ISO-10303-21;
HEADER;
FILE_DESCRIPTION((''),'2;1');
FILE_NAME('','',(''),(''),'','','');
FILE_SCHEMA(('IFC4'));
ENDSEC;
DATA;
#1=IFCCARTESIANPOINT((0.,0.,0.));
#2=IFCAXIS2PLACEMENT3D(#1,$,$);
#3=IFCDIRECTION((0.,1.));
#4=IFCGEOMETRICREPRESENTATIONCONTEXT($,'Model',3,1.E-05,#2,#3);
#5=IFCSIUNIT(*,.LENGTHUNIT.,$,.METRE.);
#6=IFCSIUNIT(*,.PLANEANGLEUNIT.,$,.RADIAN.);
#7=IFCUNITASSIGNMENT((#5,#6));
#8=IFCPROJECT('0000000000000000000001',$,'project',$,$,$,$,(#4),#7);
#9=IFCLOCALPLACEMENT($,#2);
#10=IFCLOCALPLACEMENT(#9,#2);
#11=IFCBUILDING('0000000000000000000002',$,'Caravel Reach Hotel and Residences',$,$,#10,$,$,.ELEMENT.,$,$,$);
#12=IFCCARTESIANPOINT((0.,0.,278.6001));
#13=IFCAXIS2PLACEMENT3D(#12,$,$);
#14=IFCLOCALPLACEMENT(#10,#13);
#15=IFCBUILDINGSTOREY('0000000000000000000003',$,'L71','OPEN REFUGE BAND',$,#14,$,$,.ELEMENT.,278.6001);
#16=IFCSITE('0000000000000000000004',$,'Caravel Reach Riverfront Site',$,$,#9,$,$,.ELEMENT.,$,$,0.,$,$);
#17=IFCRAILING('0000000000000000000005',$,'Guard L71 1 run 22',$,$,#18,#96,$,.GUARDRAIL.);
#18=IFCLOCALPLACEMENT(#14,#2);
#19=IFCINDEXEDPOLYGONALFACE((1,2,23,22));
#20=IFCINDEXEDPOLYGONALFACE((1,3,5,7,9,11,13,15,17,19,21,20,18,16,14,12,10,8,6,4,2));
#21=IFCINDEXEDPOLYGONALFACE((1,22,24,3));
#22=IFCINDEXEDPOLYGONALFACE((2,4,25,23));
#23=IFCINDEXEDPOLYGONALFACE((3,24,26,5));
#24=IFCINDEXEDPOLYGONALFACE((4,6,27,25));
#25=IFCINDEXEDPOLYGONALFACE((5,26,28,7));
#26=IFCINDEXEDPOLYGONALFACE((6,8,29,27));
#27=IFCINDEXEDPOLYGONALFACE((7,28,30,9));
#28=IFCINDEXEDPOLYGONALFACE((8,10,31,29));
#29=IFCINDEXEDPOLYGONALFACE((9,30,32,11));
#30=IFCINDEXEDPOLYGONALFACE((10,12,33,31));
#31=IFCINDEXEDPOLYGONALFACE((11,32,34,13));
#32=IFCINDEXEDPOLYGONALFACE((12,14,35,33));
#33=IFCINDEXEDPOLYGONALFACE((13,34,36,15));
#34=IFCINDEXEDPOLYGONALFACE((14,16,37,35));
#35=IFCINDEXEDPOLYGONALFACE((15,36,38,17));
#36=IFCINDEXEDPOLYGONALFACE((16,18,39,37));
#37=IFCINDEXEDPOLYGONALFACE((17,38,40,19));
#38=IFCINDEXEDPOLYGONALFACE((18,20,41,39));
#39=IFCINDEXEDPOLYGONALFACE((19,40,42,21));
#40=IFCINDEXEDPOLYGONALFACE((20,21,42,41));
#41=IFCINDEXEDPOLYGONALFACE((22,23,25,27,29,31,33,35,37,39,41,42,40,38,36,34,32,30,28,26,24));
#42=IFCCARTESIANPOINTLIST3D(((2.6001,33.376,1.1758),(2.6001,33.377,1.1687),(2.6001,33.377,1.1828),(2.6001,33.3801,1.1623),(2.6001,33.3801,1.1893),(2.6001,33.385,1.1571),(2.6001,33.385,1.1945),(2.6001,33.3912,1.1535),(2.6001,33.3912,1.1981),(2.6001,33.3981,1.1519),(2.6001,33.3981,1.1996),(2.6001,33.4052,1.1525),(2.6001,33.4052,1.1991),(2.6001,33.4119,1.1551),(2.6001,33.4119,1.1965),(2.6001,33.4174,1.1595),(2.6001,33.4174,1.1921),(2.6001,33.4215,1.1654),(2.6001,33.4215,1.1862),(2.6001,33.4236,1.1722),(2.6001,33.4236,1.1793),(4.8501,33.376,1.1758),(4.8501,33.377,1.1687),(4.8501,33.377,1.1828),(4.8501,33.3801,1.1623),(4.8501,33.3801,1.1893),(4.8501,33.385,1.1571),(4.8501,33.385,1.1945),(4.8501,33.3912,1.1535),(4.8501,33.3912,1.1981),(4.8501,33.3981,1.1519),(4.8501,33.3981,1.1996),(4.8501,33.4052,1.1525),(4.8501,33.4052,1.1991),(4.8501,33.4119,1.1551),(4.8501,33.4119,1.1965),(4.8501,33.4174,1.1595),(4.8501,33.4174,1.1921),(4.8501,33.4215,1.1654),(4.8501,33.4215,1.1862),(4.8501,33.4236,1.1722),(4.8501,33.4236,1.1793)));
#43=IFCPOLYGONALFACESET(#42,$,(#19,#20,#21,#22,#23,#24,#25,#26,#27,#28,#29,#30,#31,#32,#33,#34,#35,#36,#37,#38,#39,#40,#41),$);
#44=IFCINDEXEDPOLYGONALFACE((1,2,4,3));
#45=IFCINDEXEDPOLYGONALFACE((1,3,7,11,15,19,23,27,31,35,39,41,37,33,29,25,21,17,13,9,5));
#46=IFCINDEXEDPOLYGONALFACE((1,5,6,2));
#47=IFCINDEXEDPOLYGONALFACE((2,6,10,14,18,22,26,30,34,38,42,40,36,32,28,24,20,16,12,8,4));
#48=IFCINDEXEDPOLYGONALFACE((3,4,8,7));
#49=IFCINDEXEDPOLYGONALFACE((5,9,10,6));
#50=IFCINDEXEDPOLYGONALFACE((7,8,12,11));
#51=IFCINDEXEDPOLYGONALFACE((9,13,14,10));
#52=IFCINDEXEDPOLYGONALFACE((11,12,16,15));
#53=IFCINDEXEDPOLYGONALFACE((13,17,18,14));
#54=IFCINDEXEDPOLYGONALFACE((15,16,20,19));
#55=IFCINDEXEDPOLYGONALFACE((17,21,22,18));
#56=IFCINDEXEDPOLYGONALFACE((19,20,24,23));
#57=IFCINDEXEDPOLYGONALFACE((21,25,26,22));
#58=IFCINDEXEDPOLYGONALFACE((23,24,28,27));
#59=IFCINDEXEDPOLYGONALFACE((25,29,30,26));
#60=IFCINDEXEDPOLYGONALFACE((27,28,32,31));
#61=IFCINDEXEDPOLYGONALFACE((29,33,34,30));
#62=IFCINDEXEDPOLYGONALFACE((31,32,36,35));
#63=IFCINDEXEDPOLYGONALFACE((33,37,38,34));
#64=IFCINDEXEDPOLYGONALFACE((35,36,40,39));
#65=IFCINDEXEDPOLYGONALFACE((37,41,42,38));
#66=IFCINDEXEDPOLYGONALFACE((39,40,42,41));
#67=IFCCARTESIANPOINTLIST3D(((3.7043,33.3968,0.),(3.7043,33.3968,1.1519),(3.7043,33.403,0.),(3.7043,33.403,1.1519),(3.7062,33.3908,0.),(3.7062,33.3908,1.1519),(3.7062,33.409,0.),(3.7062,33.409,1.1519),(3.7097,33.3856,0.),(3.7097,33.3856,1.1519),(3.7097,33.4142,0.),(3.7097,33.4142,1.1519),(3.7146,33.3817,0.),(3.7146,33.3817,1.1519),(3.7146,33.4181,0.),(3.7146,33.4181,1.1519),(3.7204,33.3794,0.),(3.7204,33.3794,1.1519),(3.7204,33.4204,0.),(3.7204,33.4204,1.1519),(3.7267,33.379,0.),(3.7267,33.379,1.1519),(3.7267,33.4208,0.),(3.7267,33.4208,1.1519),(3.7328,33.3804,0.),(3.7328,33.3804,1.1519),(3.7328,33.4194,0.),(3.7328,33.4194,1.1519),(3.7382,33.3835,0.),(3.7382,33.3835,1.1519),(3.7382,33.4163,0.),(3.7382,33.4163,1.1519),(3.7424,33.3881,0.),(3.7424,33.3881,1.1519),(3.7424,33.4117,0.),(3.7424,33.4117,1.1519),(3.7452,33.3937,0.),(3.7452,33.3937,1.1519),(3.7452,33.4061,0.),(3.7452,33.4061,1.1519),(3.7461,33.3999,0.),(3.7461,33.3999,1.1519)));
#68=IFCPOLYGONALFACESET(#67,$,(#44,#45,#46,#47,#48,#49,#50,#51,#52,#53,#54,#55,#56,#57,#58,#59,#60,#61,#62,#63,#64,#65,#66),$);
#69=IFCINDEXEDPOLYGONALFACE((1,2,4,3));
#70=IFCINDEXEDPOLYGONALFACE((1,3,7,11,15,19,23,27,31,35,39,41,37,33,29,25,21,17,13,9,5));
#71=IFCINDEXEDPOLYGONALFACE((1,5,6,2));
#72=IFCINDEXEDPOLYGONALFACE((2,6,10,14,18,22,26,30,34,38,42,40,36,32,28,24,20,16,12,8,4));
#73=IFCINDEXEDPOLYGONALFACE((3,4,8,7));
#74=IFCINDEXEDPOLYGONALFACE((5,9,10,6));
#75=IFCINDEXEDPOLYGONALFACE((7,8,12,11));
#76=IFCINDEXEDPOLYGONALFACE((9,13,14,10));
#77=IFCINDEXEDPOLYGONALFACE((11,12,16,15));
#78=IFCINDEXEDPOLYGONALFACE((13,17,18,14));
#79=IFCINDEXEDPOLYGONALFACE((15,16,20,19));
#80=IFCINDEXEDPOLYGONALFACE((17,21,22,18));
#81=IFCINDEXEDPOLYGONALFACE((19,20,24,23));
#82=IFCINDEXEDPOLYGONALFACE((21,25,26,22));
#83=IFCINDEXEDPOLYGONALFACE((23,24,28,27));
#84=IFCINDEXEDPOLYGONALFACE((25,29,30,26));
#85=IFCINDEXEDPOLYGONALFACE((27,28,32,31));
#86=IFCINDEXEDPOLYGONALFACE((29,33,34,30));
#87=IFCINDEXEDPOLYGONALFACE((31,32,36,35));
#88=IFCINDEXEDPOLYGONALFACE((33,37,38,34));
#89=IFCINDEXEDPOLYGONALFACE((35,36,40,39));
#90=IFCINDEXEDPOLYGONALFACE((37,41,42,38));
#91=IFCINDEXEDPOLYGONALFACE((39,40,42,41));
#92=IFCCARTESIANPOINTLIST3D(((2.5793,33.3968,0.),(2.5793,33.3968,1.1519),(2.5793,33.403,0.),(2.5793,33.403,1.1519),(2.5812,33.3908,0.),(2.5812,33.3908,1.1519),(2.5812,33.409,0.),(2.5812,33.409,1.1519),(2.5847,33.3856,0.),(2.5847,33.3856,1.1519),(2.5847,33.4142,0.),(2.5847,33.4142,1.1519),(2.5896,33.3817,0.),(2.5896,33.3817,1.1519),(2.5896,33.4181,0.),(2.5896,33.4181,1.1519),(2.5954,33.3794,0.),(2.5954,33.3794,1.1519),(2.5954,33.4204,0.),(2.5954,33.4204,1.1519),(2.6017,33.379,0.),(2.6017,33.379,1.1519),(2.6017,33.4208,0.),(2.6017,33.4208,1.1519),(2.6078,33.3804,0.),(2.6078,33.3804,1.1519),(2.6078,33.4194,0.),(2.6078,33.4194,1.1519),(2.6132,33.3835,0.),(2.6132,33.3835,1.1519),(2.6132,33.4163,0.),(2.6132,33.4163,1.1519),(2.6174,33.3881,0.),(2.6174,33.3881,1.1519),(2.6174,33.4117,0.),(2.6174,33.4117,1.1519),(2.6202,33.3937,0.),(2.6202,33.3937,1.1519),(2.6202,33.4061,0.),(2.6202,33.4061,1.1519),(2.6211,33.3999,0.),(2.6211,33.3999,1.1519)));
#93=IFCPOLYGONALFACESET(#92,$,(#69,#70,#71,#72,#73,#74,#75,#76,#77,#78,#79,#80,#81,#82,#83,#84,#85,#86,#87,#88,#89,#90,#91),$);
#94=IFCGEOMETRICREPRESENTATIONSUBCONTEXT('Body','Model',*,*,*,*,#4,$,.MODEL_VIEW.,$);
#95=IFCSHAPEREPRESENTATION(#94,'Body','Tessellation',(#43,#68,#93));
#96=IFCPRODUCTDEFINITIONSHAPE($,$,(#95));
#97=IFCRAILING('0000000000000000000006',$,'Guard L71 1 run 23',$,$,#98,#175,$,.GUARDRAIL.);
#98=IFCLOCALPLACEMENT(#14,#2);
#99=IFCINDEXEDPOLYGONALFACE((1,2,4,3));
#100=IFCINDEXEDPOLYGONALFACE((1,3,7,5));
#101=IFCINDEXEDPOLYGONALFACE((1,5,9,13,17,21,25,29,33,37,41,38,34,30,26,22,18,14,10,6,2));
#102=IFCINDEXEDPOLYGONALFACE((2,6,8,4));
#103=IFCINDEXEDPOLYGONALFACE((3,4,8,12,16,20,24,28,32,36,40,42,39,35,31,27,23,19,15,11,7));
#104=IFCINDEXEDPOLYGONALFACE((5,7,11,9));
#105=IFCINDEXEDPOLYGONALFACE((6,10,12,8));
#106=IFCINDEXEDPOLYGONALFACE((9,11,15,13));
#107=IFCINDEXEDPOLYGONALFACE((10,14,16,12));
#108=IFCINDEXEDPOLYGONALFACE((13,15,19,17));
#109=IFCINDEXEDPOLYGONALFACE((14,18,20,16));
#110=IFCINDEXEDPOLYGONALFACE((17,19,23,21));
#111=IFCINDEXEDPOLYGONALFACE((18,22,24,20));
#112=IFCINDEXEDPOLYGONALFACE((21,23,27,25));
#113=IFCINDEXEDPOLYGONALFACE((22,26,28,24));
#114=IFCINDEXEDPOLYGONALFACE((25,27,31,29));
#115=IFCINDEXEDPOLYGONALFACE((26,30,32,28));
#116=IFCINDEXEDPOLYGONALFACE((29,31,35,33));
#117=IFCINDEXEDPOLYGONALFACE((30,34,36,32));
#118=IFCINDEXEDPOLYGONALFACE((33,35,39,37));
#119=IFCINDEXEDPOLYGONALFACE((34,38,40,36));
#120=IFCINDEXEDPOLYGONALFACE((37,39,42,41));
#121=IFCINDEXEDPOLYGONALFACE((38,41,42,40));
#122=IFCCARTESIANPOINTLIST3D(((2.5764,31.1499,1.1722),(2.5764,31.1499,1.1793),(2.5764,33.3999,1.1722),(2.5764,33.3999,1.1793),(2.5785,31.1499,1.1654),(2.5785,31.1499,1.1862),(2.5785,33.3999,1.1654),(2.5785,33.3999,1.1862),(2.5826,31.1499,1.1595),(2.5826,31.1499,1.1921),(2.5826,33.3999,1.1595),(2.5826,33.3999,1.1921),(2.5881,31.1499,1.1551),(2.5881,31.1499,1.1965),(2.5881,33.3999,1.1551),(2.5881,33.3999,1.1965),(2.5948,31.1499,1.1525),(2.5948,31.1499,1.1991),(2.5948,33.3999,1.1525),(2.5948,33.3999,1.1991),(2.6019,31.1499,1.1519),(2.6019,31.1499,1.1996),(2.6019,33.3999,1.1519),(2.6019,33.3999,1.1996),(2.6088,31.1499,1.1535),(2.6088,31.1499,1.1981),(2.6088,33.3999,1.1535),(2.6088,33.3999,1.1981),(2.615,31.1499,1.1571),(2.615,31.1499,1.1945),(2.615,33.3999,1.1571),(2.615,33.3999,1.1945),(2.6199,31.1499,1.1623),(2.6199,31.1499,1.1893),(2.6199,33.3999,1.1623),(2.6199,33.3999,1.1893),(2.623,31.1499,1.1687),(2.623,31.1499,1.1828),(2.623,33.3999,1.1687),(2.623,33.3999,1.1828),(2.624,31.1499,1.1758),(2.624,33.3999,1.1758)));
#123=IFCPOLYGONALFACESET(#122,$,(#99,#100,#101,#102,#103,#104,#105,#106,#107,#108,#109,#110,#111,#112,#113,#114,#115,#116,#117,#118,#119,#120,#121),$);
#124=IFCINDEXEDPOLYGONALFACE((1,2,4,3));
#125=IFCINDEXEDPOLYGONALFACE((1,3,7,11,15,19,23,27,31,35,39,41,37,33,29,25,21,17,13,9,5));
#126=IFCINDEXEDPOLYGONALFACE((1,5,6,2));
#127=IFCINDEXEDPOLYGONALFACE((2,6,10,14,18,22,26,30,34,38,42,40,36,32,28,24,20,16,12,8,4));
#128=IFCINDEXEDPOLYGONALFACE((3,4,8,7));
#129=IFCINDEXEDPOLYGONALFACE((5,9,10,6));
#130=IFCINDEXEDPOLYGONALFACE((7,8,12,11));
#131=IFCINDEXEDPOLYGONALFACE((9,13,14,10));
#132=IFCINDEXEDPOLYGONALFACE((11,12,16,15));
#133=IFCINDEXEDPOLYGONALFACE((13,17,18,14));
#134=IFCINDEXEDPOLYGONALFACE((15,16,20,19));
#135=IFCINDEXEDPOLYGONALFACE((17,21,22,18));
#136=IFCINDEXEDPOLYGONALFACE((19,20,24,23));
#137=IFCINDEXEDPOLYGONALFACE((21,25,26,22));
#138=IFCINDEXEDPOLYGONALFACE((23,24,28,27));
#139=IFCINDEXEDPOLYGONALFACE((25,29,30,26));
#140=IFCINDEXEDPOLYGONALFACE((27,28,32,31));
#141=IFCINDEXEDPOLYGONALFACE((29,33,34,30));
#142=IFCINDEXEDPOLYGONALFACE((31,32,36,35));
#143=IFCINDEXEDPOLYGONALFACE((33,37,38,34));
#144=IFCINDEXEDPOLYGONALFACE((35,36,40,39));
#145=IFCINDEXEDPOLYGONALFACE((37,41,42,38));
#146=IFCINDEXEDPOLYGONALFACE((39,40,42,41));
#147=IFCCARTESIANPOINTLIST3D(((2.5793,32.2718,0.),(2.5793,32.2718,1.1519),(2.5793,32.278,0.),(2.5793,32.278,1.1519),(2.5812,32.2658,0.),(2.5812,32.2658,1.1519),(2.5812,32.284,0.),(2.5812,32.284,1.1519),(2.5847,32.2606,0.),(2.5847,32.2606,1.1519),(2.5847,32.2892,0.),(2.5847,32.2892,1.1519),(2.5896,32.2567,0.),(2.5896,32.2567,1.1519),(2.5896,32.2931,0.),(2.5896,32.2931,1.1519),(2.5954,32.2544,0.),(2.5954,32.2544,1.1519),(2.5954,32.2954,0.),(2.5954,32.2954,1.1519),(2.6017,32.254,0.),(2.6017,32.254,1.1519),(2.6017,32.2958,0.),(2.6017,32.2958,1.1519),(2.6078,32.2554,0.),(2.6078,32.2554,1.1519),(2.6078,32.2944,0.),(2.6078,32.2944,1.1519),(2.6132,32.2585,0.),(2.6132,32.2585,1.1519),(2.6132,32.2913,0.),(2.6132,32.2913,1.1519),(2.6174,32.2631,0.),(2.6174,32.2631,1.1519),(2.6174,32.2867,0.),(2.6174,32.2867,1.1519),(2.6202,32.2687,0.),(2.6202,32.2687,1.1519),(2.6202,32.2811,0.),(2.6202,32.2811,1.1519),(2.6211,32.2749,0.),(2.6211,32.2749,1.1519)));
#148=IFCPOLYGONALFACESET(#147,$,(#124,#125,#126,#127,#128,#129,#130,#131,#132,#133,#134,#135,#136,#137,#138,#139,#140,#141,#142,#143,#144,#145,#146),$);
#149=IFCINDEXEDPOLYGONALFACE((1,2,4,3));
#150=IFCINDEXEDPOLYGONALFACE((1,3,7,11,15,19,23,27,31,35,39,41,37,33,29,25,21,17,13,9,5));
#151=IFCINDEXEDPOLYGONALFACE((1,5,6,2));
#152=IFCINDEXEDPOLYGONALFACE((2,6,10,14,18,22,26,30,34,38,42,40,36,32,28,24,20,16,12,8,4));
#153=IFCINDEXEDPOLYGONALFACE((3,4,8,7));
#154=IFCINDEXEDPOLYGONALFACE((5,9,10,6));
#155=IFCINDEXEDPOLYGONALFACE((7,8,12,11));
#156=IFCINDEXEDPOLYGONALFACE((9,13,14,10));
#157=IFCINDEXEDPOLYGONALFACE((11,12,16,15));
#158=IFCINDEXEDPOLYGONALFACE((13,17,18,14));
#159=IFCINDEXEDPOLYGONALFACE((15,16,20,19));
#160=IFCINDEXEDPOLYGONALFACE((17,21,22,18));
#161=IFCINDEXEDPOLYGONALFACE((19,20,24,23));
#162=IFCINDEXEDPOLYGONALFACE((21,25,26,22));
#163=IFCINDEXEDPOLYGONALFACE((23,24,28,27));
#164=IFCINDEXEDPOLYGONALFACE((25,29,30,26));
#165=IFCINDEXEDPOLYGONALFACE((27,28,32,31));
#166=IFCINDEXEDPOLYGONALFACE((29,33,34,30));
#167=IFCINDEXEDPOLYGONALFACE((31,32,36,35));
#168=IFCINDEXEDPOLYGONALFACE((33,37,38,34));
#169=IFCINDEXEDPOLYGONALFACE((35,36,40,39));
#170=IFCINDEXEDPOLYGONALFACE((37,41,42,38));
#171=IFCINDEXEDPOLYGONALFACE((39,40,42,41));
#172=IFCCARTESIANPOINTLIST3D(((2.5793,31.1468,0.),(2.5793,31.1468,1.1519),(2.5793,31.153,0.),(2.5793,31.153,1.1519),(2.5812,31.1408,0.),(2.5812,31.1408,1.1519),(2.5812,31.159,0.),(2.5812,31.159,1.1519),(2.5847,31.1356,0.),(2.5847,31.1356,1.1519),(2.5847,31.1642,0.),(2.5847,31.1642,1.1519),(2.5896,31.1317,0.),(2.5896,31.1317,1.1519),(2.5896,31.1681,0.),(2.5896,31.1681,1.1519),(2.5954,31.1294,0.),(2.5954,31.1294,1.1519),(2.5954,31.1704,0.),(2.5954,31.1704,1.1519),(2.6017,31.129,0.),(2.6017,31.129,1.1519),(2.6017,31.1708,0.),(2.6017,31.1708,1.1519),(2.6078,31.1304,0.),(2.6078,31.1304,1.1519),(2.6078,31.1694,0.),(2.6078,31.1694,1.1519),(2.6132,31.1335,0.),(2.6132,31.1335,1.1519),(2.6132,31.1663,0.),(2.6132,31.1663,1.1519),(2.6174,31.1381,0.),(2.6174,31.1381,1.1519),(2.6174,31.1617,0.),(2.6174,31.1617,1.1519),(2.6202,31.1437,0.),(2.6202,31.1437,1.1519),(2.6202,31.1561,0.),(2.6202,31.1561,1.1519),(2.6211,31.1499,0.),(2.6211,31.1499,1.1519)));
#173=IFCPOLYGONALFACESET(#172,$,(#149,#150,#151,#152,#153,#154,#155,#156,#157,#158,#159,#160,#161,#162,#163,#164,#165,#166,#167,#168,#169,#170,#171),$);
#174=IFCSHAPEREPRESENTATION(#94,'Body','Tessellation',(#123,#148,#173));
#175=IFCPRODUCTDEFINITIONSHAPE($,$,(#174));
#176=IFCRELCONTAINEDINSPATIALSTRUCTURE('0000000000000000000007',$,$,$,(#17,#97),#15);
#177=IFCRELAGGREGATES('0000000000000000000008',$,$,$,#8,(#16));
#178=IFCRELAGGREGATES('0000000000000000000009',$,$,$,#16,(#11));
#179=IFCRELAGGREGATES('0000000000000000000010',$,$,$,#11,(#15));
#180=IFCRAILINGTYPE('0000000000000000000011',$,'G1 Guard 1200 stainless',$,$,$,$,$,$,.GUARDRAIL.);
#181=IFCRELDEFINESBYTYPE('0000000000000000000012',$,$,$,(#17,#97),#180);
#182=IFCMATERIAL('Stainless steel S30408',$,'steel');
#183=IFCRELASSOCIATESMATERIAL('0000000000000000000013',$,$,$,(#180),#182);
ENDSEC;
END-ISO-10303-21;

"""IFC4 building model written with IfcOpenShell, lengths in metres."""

from ifc_helpers import new_model, si_unit, direction, frame, origin, origin_2d, place, context, subcontext, project, spatial, circle, extrude, material, type_object, element, save


model = new_model("IFC4")

# Units and contexts
model_context = context("Model", 3, precision=1e-05, world=origin(), true_north=direction((0.0, 1.0)))
body_context = subcontext(model_context, "Body", "Model", "MODEL_VIEW")
ifc_project = project(units=[si_unit("LENGTHUNIT", "METRE"), si_unit("PLANEANGLEUNIT", "RADIAN")], contexts=[model_context])

# Site, building, storey
site_placement = place(None, origin())
site = spatial("IfcSite", under=ifc_project, at=site_placement, Name="Caravel Reach Riverfront Site", CompositionType="ELEMENT", RefElevation=0.0)
building_placement = place(site_placement, origin())
building = spatial("IfcBuilding", under=site, at=building_placement, Name="Caravel Reach Hotel and Residences", CompositionType="ELEMENT")
storey_placement = place(building_placement, frame((0.0, 0.0, 278.6001)))
storey = spatial("IfcBuildingStorey", under=building, at=storey_placement, Name="L71", Description="OPEN REFUGE BAND", CompositionType="ELEMENT", Elevation=278.6001)

# Railings
ifc_material_1 = material(Name="Stainless steel S30408", Category="steel")
railing_type = type_object("IfcRailingType", Name="G1 Guard 1200 stainless", PredefinedType="GUARDRAIL", material=ifc_material_1)
railing_1_placement = place(storey_placement, frame((4.8501, 33.3999, 0.0)))
element("IfcRailing", 1, at=railing_1_placement, inside=storey, type_object=railing_type, Name="Guard L71 1 run 22", PredefinedType="GUARDRAIL", context=body_context, shape_type="SweptSolid", body=[
    extrude(circle(Radius=0.0239, at=origin_2d()), frame((0.0, 0.0, 1.1758), z_axis=(-1.0, 0.0, 0.0), x_axis=(0.0, -1.0, 0.0)), (0.0, 0.0, 1.0), 2.25),
    extrude(circle(Radius=0.021, at=origin_2d()), frame((-1.125, 0.0, 0.0)), (0.0, 0.0, 1.0), 1.1519),
    extrude(circle(Radius=0.021, at=origin_2d()), frame((-2.25, 0.0, 0.0)), (0.0, 0.0, 1.0), 1.1519),
])
railing_2_placement = place(storey_placement, frame((2.6001, 33.3999, 0.0)))
element("IfcRailing", 2, at=railing_2_placement, inside=storey, type_object=railing_type, Name="Guard L71 1 run 23", PredefinedType="GUARDRAIL", context=body_context, shape_type="SweptSolid", body=[
    extrude(circle(Radius=0.0239, at=origin_2d()), frame((0.0, 0.0, 1.1758), z_axis=(0.0, -1.0, 0.0), x_axis=(1.0, 0.0, 0.0)), (0.0, 0.0, 1.0), 2.25),
    extrude(circle(Radius=0.021, at=origin_2d()), frame((0.0, -1.125, 0.0)), (0.0, 0.0, 1.0), 1.1519),
    extrude(circle(Radius=0.021, at=origin_2d()), frame((0.0, -2.25, 0.0)), (0.0, 0.0, 1.0), 1.1519),
])

save(model, "model.ifc")
